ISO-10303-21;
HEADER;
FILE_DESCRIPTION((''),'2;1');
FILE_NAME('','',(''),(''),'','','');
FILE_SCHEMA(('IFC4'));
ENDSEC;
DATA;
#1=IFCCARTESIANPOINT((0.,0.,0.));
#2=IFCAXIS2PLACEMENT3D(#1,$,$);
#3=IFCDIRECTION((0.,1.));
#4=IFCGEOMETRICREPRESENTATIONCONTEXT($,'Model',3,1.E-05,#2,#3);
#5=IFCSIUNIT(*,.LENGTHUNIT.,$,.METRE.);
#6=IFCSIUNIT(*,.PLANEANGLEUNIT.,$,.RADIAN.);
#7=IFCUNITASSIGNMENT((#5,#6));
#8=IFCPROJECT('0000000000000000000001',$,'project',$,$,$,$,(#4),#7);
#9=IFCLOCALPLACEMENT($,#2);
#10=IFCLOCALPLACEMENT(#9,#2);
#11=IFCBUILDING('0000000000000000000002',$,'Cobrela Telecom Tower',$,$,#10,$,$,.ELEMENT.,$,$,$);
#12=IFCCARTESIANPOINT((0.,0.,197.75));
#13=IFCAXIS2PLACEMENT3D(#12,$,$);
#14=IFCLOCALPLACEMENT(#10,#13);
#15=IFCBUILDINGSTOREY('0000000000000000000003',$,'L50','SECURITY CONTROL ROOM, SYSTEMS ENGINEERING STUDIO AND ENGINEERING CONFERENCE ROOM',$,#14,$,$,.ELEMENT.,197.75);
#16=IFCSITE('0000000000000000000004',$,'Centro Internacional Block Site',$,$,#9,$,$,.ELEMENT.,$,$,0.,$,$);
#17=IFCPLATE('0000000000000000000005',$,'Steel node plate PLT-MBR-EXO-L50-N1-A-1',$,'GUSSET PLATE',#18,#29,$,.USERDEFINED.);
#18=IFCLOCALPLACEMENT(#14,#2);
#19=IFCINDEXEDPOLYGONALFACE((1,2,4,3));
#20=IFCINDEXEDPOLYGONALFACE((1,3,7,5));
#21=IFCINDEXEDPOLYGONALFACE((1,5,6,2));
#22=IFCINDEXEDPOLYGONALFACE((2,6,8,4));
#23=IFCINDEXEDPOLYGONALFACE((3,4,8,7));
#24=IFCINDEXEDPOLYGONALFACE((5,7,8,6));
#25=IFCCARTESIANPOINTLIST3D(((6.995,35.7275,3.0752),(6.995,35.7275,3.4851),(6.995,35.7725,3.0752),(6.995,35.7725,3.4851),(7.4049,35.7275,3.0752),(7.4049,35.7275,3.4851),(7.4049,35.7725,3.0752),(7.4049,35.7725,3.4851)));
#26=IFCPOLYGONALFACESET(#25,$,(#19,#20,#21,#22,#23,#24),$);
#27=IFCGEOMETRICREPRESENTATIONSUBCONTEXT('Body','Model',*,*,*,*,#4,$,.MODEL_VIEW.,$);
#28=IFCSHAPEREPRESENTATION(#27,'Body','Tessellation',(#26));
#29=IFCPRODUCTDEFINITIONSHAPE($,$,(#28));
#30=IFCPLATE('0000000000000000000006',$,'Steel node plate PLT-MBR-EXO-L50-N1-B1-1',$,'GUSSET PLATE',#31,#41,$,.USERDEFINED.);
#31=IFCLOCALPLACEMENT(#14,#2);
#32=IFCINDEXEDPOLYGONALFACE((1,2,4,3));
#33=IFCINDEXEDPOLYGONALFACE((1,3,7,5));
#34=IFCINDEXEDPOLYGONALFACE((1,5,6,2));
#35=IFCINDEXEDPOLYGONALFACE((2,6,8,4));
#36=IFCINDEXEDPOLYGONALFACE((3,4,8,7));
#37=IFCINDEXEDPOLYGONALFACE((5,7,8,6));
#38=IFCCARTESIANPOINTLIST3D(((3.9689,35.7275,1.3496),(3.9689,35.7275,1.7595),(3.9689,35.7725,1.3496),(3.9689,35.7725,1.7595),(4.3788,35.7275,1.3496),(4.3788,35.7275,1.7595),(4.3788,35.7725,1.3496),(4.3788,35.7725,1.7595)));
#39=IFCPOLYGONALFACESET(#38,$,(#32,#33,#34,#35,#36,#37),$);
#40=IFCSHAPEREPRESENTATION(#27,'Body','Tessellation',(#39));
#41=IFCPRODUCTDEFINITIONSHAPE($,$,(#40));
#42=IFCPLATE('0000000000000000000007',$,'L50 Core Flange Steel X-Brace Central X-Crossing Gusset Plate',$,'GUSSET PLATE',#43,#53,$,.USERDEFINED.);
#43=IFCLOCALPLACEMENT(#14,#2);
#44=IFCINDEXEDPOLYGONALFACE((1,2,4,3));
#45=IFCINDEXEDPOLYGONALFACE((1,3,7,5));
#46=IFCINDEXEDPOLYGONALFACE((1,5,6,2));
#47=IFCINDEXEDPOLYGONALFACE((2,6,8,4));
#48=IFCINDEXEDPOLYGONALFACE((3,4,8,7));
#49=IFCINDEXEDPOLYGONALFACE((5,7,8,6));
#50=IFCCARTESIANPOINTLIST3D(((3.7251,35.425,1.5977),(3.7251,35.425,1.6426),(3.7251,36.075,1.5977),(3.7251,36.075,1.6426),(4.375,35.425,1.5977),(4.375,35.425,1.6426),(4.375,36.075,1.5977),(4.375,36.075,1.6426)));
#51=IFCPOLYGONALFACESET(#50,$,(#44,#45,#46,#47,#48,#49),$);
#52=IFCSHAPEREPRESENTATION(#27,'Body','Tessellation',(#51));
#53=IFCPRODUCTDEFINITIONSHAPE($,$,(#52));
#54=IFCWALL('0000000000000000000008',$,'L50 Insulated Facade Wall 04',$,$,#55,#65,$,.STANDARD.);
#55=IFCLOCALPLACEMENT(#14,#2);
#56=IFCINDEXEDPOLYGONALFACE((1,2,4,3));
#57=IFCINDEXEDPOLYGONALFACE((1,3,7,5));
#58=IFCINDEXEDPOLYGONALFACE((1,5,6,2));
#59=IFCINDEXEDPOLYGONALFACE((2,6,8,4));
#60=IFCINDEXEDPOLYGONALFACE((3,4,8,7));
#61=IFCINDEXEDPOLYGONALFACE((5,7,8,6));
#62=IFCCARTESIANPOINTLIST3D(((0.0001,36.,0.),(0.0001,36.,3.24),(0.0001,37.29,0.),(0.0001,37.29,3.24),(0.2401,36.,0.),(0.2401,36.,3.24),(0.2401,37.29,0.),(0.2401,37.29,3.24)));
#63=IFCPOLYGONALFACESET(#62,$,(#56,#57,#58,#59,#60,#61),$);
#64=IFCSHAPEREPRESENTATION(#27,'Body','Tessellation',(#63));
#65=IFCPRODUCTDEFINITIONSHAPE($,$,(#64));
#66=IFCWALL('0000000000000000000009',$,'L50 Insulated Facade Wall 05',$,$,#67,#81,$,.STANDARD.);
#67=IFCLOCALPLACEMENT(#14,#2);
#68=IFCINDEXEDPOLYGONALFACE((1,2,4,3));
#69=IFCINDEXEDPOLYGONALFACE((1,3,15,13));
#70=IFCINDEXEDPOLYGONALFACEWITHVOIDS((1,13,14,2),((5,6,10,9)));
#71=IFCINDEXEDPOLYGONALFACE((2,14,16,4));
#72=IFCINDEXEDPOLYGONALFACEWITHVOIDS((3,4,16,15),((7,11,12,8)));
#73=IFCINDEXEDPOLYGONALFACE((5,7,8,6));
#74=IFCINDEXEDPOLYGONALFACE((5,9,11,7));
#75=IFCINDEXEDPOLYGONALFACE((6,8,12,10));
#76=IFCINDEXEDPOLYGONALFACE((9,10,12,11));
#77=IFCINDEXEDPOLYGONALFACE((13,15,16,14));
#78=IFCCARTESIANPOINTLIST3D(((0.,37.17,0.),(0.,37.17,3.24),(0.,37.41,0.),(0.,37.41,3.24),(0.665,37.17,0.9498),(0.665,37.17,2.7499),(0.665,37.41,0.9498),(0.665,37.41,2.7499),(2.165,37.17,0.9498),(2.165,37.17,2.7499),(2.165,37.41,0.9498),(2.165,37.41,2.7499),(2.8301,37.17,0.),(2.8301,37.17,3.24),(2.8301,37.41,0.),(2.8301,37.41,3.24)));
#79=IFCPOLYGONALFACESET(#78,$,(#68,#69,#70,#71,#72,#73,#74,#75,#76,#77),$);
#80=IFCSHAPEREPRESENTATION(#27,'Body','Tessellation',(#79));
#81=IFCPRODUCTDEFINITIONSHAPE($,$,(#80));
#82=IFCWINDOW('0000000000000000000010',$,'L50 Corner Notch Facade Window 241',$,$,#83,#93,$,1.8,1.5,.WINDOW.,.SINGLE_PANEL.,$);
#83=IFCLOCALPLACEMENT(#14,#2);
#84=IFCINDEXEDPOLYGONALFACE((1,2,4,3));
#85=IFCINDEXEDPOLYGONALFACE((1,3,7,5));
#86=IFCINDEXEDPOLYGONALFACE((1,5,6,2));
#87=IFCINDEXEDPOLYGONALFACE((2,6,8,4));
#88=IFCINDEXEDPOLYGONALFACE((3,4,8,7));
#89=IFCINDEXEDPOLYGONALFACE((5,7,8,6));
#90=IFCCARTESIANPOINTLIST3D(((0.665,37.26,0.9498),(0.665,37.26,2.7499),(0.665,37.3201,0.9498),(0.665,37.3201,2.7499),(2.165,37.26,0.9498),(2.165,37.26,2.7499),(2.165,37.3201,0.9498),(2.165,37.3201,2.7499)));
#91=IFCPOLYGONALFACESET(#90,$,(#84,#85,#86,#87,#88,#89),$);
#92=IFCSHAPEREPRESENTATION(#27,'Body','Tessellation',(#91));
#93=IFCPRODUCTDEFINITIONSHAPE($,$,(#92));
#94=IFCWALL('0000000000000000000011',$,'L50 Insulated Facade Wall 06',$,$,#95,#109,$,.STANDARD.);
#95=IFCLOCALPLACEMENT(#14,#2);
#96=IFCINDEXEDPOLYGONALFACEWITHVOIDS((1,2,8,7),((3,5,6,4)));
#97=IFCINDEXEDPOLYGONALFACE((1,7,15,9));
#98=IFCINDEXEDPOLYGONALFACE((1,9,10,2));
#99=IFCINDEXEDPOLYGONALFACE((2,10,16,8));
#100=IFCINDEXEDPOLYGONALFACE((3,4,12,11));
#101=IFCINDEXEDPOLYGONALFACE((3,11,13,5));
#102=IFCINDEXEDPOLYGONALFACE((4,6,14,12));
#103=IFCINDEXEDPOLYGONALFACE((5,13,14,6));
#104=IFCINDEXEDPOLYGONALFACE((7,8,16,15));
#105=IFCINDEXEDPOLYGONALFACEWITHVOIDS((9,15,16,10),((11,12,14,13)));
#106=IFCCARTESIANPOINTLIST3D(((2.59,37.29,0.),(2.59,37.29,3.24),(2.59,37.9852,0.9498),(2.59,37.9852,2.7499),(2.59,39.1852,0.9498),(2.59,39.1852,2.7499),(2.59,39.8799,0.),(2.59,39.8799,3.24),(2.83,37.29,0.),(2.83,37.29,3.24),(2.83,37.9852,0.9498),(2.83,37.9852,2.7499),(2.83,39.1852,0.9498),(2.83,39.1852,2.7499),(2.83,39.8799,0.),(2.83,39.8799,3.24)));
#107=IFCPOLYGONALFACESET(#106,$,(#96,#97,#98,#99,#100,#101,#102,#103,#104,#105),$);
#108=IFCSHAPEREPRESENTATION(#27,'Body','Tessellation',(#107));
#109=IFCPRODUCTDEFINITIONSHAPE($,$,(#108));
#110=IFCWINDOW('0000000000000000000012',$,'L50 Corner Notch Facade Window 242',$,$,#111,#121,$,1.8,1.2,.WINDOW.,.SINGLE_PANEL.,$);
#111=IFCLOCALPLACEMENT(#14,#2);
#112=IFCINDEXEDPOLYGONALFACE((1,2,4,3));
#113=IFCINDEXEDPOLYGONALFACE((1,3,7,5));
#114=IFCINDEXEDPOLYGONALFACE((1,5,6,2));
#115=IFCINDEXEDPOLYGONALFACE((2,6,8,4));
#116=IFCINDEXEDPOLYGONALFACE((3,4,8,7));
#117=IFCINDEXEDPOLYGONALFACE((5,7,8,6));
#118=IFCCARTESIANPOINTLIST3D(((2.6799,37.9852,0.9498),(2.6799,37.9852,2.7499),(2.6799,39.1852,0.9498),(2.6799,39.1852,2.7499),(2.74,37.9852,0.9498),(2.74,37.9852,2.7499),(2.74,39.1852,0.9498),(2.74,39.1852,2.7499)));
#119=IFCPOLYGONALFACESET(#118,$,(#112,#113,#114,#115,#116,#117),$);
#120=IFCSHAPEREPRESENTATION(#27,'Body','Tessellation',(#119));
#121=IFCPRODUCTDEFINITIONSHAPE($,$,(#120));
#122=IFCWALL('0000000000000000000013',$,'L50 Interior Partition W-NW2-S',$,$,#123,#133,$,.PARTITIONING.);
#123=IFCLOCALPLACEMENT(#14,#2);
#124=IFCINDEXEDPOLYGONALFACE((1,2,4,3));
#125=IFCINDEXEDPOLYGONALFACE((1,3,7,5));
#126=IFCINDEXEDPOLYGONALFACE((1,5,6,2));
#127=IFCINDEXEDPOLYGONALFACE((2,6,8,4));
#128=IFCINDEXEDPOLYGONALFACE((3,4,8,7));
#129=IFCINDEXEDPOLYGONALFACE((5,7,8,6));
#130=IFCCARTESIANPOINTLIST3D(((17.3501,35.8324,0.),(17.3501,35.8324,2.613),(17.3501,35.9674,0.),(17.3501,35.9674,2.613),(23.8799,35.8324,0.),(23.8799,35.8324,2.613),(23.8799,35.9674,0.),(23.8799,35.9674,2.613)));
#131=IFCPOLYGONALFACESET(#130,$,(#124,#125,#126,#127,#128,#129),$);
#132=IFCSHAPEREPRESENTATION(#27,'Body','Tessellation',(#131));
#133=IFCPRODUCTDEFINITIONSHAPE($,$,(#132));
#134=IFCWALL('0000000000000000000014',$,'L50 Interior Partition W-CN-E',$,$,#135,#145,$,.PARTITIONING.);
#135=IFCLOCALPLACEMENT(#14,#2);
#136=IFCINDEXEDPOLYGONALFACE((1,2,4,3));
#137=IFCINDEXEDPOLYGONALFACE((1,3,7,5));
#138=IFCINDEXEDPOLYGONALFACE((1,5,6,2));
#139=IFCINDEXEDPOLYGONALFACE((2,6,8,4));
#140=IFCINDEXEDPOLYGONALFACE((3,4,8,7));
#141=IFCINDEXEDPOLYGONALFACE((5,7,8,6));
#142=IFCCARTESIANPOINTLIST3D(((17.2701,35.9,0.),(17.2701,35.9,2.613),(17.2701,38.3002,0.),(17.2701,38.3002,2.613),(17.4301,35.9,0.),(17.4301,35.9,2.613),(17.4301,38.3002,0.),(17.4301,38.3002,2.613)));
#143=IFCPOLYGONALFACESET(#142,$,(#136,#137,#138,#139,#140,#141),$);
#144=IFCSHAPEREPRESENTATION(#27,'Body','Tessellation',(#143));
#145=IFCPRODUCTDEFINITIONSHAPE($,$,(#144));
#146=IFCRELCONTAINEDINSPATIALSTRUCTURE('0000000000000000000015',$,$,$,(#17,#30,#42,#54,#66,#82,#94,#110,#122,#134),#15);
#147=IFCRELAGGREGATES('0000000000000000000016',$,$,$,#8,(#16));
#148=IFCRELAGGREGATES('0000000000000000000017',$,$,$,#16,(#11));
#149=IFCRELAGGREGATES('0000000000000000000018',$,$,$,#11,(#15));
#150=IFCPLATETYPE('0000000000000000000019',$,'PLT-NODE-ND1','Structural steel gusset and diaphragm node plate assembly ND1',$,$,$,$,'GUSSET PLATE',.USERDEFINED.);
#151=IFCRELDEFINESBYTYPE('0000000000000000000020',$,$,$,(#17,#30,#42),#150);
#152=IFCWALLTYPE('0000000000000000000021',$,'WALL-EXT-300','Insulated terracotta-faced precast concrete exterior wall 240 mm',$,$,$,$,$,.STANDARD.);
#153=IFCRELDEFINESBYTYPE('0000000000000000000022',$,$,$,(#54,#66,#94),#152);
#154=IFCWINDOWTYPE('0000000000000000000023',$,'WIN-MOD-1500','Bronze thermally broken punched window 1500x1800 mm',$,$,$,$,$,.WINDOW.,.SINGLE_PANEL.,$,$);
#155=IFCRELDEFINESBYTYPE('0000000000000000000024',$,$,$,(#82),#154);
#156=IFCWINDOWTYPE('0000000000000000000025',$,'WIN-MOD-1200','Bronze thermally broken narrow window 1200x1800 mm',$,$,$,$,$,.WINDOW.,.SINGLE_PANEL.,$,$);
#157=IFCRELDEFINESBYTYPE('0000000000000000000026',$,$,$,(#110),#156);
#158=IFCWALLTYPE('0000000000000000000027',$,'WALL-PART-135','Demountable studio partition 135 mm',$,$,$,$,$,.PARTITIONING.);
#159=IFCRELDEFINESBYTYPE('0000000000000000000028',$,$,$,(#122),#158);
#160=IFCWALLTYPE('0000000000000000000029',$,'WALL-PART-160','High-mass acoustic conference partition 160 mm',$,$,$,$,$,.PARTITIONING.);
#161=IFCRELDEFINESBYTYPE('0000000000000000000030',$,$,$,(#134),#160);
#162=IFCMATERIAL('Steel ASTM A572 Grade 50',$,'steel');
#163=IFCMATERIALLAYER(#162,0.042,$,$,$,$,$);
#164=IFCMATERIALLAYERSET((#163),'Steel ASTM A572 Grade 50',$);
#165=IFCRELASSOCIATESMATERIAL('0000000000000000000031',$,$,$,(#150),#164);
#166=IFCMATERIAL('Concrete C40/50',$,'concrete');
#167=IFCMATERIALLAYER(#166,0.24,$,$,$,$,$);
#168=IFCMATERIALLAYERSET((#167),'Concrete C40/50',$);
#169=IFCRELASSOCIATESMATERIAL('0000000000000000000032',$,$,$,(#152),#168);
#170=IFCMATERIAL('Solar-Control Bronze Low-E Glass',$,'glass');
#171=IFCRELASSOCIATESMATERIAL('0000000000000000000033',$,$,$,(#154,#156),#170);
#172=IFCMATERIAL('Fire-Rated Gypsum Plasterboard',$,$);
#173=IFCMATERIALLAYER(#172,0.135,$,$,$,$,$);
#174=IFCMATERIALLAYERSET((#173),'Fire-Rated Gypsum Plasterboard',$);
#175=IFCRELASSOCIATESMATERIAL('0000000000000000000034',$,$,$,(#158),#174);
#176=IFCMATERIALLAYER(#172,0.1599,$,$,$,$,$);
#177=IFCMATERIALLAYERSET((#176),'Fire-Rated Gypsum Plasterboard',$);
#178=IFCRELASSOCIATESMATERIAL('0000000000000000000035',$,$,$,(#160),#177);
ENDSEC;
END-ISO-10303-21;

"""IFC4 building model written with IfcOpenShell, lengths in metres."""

from ifc_helpers import new_model, si_unit, direction, frame, frame_2d, origin, origin_2d, place, context, subcontext, project, spatial, rectangle, extrude, material, layer, layer_set, type_object, element, fill, save


model = new_model("IFC4")

# Units and contexts
model_context = context("Model", 3, precision=1e-05, world=origin(), true_north=direction((0.0, 1.0)))
body_context = subcontext(model_context, "Body", "Model", "MODEL_VIEW")
ifc_project = project(units=[si_unit("LENGTHUNIT", "METRE"), si_unit("PLANEANGLEUNIT", "RADIAN")], contexts=[model_context])

# Site, building, storey
site_placement = place(None, origin())
site = spatial("IfcSite", under=ifc_project, at=site_placement, Name="Centro Internacional Block Site", CompositionType="ELEMENT", RefElevation=0.0)
building_placement = place(site_placement, origin())
building = spatial("IfcBuilding", under=site, at=building_placement, Name="Cobrela Telecom Tower", CompositionType="ELEMENT")
storey_placement = place(building_placement, frame((0.0, 0.0, 197.75)))
storey = spatial("IfcBuildingStorey", under=building, at=storey_placement, Name="L50", Description="SECURITY CONTROL ROOM, SYSTEMS ENGINEERING STUDIO AND ENGINEERING CONFERENCE ROOM", CompositionType="ELEMENT", Elevation=197.75)

# Shared definitions
ifc_material_1 = material(Name="Steel ASTM A572 Grade 50", Category="steel")

# Shared definitions
ifc_material_2 = material(Name="Solar-Control Bronze Low-E Glass", Category="glass")

# Plates
ifc_layer_1 = layer(ifc_material_1, 0.042)
ifc_layer_set_1 = layer_set([ifc_layer_1], Name="Steel ASTM A572 Grade 50")
plate_type_1 = type_object("IfcPlateType", Name="PLT-NODE-ND1", Description="Structural steel gusset and diaphragm node plate assembly ND1", ElementType="GUSSET PLATE", PredefinedType="USERDEFINED", material=ifc_layer_set_1)
for number, where, z_axis, x_axis, name in (
    (1, (7.2, 35.75, 3.0752), (0.0, 0.0, 1.0), (1.0, 0.0, 0.0), "Steel node plate PLT-MBR-EXO-L50-N1-A-1"),
    (2, (4.1738, 35.75, 1.3496), (0.0, 0.0, 1.0), (-1.0, 0.0, 0.0), "Steel node plate PLT-MBR-EXO-L50-N1-B1-1"),
):
    element("IfcPlate", number, at=place(storey_placement, frame(where, z_axis=z_axis, x_axis=x_axis)), inside=storey, type_object=plate_type_1, Name=name, ObjectType="GUSSET PLATE", PredefinedType="USERDEFINED", context=body_context, shape_type="SweptSolid", body=[
        extrude(rectangle(XDim=0.4099, YDim=0.0449, at=origin_2d()), origin(), (0.0, 0.0, 1.0), 0.4099),
    ])
plate_1_placement = place(storey_placement, frame((4.05, 35.75, 1.5977), z_axis=(0.0, 0.0, 1.0), x_axis=(1.0, 0.0, 0.0)))
element("IfcPlate", 3, at=plate_1_placement, inside=storey, type_object=plate_type_1, Name="L50 Core Flange Steel X-Brace Central X-Crossing Gusset Plate", ObjectType="GUSSET PLATE", PredefinedType="USERDEFINED", context=body_context, shape_type="SweptSolid", body=[
    extrude(rectangle(XDim=0.6499, YDim=0.6499, at=origin_2d()), origin(), (0.0, 0.0, 1.0), 0.0449),
])

# Wall
ifc_material_3 = material(Name="Concrete C40/50", Category="concrete")
ifc_layer_2 = layer(ifc_material_3, 0.24)
ifc_layer_set_2 = layer_set([ifc_layer_2], Name="Concrete C40/50")
wall_type_1 = type_object("IfcWallType", Name="WALL-EXT-300", Description="Insulated terracotta-faced precast concrete exterior wall 240 mm", PredefinedType="STANDARD", material=ifc_layer_set_2)
wall_1_placement = place(storey_placement, frame((0.1201, 36.0, 0.0), z_axis=(0.0, 0.0, 1.0), x_axis=(0.0, 1.0, 0.0)))
element("IfcWall", 4, at=wall_1_placement, inside=storey, type_object=wall_type_1, Name="L50 Insulated Facade Wall 04", PredefinedType="STANDARD", context=body_context, shape_type="SweptSolid", body=[
    extrude(rectangle(XDim=1.29, YDim=0.24, at=frame_2d((0.645, 0.0))), origin(), (0.0, 0.0, 1.0), 3.24),
])

# Walls, openings, windows
wall_2_placement = place(storey_placement, frame((0.0, 37.29, 0.0), z_axis=(0.0, 0.0, 1.0), x_axis=(1.0, 0.0, 0.0)))
wall_2 = element("IfcWall", 5, at=wall_2_placement, inside=storey, type_object=wall_type_1, Name="L50 Insulated Facade Wall 05", PredefinedType="STANDARD", context=body_context, shape_type="SweptSolid", body=[
    extrude(rectangle(XDim=2.8301, YDim=0.24, at=frame_2d((1.415, 0.0))), origin(), (0.0, 0.0, 1.0), 3.24),
])
opening_1_placement = place(wall_2_placement, frame((0.665, 0.0, 0.95)))
opening_1 = element("IfcOpeningElement", 6, at=opening_1_placement, cuts=wall_2, PredefinedType="OPENING", context=body_context, shape_type="SweptSolid", body=[
    extrude(rectangle(XDim=1.5, YDim=1.8, at=frame_2d((0.75, 0.8999))), frame((0.0, 0.1318, 0.0), z_axis=(0.0, -1.0, 0.0), x_axis=(1.0, 0.0, 0.0)), (0.0, 0.0, 1.0), 0.2639),
])
window_type_1 = type_object("IfcWindowType", Name="WIN-MOD-1500", Description="Bronze thermally broken punched window 1500x1800 mm", PartitioningType="SINGLE_PANEL", PredefinedType="WINDOW", material=ifc_material_2)
window_1_placement = place(opening_1_placement, origin())
window_1 = element("IfcWindow", 7, at=window_1_placement, inside=storey, type_object=window_type_1, Name="L50 Corner Notch Facade Window 241", OverallHeight=1.8, OverallWidth=1.5, PartitioningType="SINGLE_PANEL", PredefinedType="WINDOW", context=body_context, shape_type="SweptSolid", body=[
    extrude(rectangle(XDim=1.5, YDim=1.8, at=frame_2d((0.75, 0.8999))), frame((0.0, 0.03, 0.0), z_axis=(0.0, -1.0, 0.0), x_axis=(1.0, 0.0, 0.0)), (0.0, 0.0, 1.0), 0.0601),
])
fill(opening_1, window_1)
wall_3_placement = place(storey_placement, frame((2.71, 37.29, 0.0), z_axis=(0.0, 0.0, 1.0), x_axis=(0.0, 1.0, 0.0)))
wall_3 = element("IfcWall", 8, at=wall_3_placement, inside=storey, type_object=wall_type_1, Name="L50 Insulated Facade Wall 06", PredefinedType="STANDARD", context=body_context, shape_type="SweptSolid", body=[
    extrude(rectangle(XDim=2.5898, YDim=0.24, at=frame_2d((1.2949, 0.0))), origin(), (0.0, 0.0, 1.0), 3.24),
])
opening_2_placement = place(wall_3_placement, frame((0.6951, 0.0, 0.95)))
opening_2 = element("IfcOpeningElement", 9, at=opening_2_placement, cuts=wall_3, PredefinedType="OPENING", context=body_context, shape_type="SweptSolid", body=[
    extrude(rectangle(XDim=1.2, YDim=1.8, at=frame_2d((0.6001, 0.8999))), frame((0.0, 0.1318, 0.0), z_axis=(0.0, -1.0, 0.0), x_axis=(1.0, 0.0, 0.0)), (0.0, 0.0, 1.0), 0.2639),
])
window_type_2 = type_object("IfcWindowType", Name="WIN-MOD-1200", Description="Bronze thermally broken narrow window 1200x1800 mm", PartitioningType="SINGLE_PANEL", PredefinedType="WINDOW", material=ifc_material_2)
window_2_placement = place(opening_2_placement, origin())
window_2 = element("IfcWindow", 10, at=window_2_placement, inside=storey, type_object=window_type_2, Name="L50 Corner Notch Facade Window 242", OverallHeight=1.8, OverallWidth=1.2, PartitioningType="SINGLE_PANEL", PredefinedType="WINDOW", context=body_context, shape_type="SweptSolid", body=[
    extrude(rectangle(XDim=1.2, YDim=1.8, at=frame_2d((0.6001, 0.8999))), frame((0.0, 0.03, 0.0), z_axis=(0.0, -1.0, 0.0), x_axis=(1.0, 0.0, 0.0)), (0.0, 0.0, 1.0), 0.0601),
])
fill(opening_2, window_2)

# Shared definitions
ifc_material_4 = material(Name="Fire-Rated Gypsum Plasterboard")

# Wall
ifc_layer_3 = layer(ifc_material_4, 0.135)
ifc_layer_set_3 = layer_set([ifc_layer_3], Name="Fire-Rated Gypsum Plasterboard")
wall_type_2 = type_object("IfcWallType", Name="WALL-PART-135", Description="Demountable studio partition 135 mm", PredefinedType="PARTITIONING", material=ifc_layer_set_3)
wall_4_placement = place(storey_placement, frame((17.3501, 35.8999, 0.0), z_axis=(0.0, 0.0, 1.0), x_axis=(1.0, 0.0, 0.0)))
element("IfcWall", 11, at=wall_4_placement, inside=storey, type_object=wall_type_2, Name="L50 Interior Partition W-NW2-S", PredefinedType="PARTITIONING", context=body_context, shape_type="SweptSolid", body=[
    extrude(rectangle(XDim=6.5298, YDim=0.135, at=frame_2d((3.2649, 0.0))), origin(), (0.0, 0.0, 1.0), 2.613),
])

# Wall
ifc_layer_4 = layer(ifc_material_4, 0.1599)
ifc_layer_set_4 = layer_set([ifc_layer_4], Name="Fire-Rated Gypsum Plasterboard")
wall_type_3 = type_object("IfcWallType", Name="WALL-PART-160", Description="High-mass acoustic conference partition 160 mm", PredefinedType="PARTITIONING", material=ifc_layer_set_4)
wall_5_placement = place(storey_placement, frame((17.3501, 35.8999, 0.0), z_axis=(0.0, 0.0, 1.0), x_axis=(0.0, 1.0, 0.0)))
element("IfcWall", 12, at=wall_5_placement, inside=storey, type_object=wall_type_3, Name="L50 Interior Partition W-CN-E", PredefinedType="PARTITIONING", context=body_context, shape_type="SweptSolid", body=[
    extrude(rectangle(XDim=2.4001, YDim=0.1599, at=frame_2d((1.2002, 0.0))), origin(), (0.0, 0.0, 1.0), 2.613),
])

save(model, "model.ifc")
